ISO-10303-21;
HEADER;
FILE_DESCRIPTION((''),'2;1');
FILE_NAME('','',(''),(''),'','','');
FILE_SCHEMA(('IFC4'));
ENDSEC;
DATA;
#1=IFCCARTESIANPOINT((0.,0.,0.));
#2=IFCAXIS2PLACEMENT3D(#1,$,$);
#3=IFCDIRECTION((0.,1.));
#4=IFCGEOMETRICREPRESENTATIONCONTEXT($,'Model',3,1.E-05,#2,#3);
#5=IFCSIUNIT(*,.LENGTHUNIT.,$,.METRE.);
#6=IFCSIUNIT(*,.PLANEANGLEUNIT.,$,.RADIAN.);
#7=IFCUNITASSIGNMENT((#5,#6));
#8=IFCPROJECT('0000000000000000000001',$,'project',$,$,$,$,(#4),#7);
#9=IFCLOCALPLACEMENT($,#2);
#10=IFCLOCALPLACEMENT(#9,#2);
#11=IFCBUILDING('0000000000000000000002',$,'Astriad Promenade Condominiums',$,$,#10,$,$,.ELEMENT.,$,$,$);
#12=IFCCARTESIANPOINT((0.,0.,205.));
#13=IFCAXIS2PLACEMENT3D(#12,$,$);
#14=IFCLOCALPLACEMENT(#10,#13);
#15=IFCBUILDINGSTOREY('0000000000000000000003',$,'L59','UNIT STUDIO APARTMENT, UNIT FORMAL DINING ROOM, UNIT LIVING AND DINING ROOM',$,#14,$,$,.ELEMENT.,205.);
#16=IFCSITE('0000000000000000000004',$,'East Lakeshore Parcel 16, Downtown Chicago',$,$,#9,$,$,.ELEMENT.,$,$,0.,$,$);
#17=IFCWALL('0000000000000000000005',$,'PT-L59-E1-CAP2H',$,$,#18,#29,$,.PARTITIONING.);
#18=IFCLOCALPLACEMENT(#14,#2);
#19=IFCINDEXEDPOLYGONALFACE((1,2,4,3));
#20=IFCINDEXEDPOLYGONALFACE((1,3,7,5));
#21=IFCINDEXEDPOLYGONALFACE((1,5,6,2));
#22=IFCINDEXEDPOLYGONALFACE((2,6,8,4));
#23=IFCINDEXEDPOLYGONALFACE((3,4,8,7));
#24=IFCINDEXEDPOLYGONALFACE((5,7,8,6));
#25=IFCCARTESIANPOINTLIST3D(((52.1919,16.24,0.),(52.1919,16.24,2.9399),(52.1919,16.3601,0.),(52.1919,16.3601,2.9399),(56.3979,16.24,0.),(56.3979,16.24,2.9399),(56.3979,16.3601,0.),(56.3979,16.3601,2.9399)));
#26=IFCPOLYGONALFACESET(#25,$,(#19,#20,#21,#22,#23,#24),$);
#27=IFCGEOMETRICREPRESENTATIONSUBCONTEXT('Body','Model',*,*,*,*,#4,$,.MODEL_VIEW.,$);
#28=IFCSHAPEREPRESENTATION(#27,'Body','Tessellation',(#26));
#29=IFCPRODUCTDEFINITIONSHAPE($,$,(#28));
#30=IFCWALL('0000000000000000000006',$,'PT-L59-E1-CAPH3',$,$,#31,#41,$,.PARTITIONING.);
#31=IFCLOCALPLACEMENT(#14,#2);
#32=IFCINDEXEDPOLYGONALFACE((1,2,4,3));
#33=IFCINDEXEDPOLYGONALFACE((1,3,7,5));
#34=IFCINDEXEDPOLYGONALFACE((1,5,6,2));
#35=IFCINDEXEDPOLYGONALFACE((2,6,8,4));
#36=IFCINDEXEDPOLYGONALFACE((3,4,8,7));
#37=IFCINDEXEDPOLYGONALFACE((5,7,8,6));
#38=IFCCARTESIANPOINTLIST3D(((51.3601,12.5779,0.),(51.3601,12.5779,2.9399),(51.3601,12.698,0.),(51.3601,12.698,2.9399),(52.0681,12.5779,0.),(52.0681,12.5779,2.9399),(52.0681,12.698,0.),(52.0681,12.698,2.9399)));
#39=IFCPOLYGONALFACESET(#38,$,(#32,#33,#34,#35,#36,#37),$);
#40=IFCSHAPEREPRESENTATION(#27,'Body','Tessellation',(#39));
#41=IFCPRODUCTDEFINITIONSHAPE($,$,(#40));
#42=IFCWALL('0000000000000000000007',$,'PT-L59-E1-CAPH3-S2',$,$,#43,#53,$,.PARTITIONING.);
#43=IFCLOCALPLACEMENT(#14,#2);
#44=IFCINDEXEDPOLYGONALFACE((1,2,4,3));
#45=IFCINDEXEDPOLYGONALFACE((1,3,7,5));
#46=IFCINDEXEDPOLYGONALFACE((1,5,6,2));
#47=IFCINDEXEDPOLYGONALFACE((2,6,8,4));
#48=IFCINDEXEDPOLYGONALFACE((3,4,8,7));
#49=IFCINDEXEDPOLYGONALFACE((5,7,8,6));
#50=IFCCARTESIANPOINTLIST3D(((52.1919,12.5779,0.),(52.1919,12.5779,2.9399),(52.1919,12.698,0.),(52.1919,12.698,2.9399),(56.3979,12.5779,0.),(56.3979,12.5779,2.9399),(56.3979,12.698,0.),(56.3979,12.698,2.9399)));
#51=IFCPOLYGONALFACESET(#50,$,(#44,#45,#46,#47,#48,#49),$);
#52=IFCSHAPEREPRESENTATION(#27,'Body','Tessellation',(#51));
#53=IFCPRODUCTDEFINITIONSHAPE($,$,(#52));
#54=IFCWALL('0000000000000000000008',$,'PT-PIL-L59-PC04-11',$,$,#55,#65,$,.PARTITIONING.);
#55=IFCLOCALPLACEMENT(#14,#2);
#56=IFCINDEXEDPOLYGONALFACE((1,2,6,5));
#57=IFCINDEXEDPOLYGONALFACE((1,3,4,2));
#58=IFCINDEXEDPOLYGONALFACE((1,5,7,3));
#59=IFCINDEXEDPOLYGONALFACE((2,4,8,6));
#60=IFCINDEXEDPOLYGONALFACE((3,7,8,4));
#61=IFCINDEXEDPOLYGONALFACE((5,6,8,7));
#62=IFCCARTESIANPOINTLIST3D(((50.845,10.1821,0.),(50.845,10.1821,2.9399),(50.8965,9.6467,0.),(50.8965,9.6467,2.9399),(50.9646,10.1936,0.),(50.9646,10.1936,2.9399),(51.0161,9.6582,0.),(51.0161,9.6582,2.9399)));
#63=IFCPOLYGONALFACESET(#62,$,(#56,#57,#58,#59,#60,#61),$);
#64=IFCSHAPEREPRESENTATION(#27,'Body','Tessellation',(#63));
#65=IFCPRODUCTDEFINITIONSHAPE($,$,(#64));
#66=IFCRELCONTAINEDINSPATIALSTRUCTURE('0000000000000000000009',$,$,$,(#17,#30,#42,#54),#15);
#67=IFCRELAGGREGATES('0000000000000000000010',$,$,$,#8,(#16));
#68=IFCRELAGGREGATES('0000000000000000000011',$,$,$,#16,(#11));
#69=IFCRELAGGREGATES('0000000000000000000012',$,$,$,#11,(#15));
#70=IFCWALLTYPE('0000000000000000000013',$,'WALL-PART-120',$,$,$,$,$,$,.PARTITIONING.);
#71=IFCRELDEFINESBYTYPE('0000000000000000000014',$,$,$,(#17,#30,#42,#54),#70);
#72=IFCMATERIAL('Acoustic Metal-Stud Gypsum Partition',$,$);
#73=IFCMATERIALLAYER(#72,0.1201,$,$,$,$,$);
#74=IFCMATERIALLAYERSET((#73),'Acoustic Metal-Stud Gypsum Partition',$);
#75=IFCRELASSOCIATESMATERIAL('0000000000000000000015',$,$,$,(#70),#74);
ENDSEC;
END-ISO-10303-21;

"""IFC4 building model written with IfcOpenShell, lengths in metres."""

from ifc_helpers import new_model, si_unit, direction, frame, frame_2d, origin, place, context, subcontext, project, spatial, rectangle, extrude, material, layer, layer_set, type_object, element, save


model = new_model("IFC4")

# Units and contexts
model_context = context("Model", 3, precision=1e-05, world=origin(), true_north=direction((0.0, 1.0)))
body_context = subcontext(model_context, "Body", "Model", "MODEL_VIEW")
ifc_project = project(units=[si_unit("LENGTHUNIT", "METRE"), si_unit("PLANEANGLEUNIT", "RADIAN")], contexts=[model_context])

# Site, building, storey
site_placement = place(None, origin())
site = spatial("IfcSite", under=ifc_project, at=site_placement, Name="East Lakeshore Parcel 16, Downtown Chicago", CompositionType="ELEMENT", RefElevation=0.0)
building_placement = place(site_placement, origin())
building = spatial("IfcBuilding", under=site, at=building_placement, Name="Astriad Promenade Condominiums", CompositionType="ELEMENT")
storey_placement = place(building_placement, frame((0.0, 0.0, 205.0)))
storey = spatial("IfcBuildingStorey", under=building, at=storey_placement, Name="L59", Description="UNIT STUDIO APARTMENT, UNIT FORMAL DINING ROOM, UNIT LIVING AND DINING ROOM", CompositionType="ELEMENT", Elevation=205.0)

# Shared definitions
ifc_material_1 = material(Name="Acoustic Metal-Stud Gypsum Partition")
ifc_layer_1 = layer(ifc_material_1, 0.1201)
ifc_layer_set_1 = layer_set([ifc_layer_1], Name="Acoustic Metal-Stud Gypsum Partition")
wall_type_1 = type_object("IfcWallType", Name="WALL-PART-120", PredefinedType="PARTITIONING", material=ifc_layer_set_1)

# Walls
wall_1_placement = place(storey_placement, frame((52.1919, 16.3, 0.0), z_axis=(0.0, 0.0, 1.0), x_axis=(1.0, 0.0, 0.0)))
element("IfcWall", 1, at=wall_1_placement, inside=storey, type_object=wall_type_1, Name="PT-L59-E1-CAP2H", PredefinedType="PARTITIONING", context=body_context, shape_type="SweptSolid", body=[
    extrude(rectangle(XDim=4.2061, YDim=0.1201, at=frame_2d((2.103, 0.0))), origin(), (0.0, 0.0, 1.0), 2.9399),
])
wall_2_placement = place(storey_placement, frame((51.3601, 12.6379, 0.0), z_axis=(0.0, 0.0, 1.0), x_axis=(1.0, 0.0, 0.0)))
element("IfcWall", 2, at=wall_2_placement, inside=storey, type_object=wall_type_1, Name="PT-L59-E1-CAPH3", PredefinedType="PARTITIONING", context=body_context, shape_type="SweptSolid", body=[
    extrude(rectangle(XDim=0.708, YDim=0.1201, at=frame_2d((0.354, 0.0))), origin(), (0.0, 0.0, 1.0), 2.9399),
])
wall_3_placement = place(storey_placement, frame((52.1919, 12.6379, 0.0), z_axis=(0.0, 0.0, 1.0), x_axis=(1.0, 0.0, 0.0)))
element("IfcWall", 3, at=wall_3_placement, inside=storey, type_object=wall_type_1, Name="PT-L59-E1-CAPH3-S2", PredefinedType="PARTITIONING", context=body_context, shape_type="SweptSolid", body=[
    extrude(rectangle(XDim=4.2061, YDim=0.1201, at=frame_2d((2.103, 0.0))), origin(), (0.0, 0.0, 1.0), 2.9399),
])
wall_4_placement = place(storey_placement, frame((50.9048, 10.188, 0.0), z_axis=(0.0, 0.0, 1.0), x_axis=(0.095773, -0.995403, 0.0)))
element("IfcWall", 4, at=wall_4_placement, inside=storey, type_object=wall_type_1, Name="PT-PIL-L59-PC04-11", PredefinedType="PARTITIONING", context=body_context, shape_type="SweptSolid", body=[
    extrude(rectangle(XDim=0.5378, YDim=0.1201, at=frame_2d((0.269, 0.0))), origin(), (0.0, 0.0, 1.0), 2.9399),
])

save(model, "model.ifc")
